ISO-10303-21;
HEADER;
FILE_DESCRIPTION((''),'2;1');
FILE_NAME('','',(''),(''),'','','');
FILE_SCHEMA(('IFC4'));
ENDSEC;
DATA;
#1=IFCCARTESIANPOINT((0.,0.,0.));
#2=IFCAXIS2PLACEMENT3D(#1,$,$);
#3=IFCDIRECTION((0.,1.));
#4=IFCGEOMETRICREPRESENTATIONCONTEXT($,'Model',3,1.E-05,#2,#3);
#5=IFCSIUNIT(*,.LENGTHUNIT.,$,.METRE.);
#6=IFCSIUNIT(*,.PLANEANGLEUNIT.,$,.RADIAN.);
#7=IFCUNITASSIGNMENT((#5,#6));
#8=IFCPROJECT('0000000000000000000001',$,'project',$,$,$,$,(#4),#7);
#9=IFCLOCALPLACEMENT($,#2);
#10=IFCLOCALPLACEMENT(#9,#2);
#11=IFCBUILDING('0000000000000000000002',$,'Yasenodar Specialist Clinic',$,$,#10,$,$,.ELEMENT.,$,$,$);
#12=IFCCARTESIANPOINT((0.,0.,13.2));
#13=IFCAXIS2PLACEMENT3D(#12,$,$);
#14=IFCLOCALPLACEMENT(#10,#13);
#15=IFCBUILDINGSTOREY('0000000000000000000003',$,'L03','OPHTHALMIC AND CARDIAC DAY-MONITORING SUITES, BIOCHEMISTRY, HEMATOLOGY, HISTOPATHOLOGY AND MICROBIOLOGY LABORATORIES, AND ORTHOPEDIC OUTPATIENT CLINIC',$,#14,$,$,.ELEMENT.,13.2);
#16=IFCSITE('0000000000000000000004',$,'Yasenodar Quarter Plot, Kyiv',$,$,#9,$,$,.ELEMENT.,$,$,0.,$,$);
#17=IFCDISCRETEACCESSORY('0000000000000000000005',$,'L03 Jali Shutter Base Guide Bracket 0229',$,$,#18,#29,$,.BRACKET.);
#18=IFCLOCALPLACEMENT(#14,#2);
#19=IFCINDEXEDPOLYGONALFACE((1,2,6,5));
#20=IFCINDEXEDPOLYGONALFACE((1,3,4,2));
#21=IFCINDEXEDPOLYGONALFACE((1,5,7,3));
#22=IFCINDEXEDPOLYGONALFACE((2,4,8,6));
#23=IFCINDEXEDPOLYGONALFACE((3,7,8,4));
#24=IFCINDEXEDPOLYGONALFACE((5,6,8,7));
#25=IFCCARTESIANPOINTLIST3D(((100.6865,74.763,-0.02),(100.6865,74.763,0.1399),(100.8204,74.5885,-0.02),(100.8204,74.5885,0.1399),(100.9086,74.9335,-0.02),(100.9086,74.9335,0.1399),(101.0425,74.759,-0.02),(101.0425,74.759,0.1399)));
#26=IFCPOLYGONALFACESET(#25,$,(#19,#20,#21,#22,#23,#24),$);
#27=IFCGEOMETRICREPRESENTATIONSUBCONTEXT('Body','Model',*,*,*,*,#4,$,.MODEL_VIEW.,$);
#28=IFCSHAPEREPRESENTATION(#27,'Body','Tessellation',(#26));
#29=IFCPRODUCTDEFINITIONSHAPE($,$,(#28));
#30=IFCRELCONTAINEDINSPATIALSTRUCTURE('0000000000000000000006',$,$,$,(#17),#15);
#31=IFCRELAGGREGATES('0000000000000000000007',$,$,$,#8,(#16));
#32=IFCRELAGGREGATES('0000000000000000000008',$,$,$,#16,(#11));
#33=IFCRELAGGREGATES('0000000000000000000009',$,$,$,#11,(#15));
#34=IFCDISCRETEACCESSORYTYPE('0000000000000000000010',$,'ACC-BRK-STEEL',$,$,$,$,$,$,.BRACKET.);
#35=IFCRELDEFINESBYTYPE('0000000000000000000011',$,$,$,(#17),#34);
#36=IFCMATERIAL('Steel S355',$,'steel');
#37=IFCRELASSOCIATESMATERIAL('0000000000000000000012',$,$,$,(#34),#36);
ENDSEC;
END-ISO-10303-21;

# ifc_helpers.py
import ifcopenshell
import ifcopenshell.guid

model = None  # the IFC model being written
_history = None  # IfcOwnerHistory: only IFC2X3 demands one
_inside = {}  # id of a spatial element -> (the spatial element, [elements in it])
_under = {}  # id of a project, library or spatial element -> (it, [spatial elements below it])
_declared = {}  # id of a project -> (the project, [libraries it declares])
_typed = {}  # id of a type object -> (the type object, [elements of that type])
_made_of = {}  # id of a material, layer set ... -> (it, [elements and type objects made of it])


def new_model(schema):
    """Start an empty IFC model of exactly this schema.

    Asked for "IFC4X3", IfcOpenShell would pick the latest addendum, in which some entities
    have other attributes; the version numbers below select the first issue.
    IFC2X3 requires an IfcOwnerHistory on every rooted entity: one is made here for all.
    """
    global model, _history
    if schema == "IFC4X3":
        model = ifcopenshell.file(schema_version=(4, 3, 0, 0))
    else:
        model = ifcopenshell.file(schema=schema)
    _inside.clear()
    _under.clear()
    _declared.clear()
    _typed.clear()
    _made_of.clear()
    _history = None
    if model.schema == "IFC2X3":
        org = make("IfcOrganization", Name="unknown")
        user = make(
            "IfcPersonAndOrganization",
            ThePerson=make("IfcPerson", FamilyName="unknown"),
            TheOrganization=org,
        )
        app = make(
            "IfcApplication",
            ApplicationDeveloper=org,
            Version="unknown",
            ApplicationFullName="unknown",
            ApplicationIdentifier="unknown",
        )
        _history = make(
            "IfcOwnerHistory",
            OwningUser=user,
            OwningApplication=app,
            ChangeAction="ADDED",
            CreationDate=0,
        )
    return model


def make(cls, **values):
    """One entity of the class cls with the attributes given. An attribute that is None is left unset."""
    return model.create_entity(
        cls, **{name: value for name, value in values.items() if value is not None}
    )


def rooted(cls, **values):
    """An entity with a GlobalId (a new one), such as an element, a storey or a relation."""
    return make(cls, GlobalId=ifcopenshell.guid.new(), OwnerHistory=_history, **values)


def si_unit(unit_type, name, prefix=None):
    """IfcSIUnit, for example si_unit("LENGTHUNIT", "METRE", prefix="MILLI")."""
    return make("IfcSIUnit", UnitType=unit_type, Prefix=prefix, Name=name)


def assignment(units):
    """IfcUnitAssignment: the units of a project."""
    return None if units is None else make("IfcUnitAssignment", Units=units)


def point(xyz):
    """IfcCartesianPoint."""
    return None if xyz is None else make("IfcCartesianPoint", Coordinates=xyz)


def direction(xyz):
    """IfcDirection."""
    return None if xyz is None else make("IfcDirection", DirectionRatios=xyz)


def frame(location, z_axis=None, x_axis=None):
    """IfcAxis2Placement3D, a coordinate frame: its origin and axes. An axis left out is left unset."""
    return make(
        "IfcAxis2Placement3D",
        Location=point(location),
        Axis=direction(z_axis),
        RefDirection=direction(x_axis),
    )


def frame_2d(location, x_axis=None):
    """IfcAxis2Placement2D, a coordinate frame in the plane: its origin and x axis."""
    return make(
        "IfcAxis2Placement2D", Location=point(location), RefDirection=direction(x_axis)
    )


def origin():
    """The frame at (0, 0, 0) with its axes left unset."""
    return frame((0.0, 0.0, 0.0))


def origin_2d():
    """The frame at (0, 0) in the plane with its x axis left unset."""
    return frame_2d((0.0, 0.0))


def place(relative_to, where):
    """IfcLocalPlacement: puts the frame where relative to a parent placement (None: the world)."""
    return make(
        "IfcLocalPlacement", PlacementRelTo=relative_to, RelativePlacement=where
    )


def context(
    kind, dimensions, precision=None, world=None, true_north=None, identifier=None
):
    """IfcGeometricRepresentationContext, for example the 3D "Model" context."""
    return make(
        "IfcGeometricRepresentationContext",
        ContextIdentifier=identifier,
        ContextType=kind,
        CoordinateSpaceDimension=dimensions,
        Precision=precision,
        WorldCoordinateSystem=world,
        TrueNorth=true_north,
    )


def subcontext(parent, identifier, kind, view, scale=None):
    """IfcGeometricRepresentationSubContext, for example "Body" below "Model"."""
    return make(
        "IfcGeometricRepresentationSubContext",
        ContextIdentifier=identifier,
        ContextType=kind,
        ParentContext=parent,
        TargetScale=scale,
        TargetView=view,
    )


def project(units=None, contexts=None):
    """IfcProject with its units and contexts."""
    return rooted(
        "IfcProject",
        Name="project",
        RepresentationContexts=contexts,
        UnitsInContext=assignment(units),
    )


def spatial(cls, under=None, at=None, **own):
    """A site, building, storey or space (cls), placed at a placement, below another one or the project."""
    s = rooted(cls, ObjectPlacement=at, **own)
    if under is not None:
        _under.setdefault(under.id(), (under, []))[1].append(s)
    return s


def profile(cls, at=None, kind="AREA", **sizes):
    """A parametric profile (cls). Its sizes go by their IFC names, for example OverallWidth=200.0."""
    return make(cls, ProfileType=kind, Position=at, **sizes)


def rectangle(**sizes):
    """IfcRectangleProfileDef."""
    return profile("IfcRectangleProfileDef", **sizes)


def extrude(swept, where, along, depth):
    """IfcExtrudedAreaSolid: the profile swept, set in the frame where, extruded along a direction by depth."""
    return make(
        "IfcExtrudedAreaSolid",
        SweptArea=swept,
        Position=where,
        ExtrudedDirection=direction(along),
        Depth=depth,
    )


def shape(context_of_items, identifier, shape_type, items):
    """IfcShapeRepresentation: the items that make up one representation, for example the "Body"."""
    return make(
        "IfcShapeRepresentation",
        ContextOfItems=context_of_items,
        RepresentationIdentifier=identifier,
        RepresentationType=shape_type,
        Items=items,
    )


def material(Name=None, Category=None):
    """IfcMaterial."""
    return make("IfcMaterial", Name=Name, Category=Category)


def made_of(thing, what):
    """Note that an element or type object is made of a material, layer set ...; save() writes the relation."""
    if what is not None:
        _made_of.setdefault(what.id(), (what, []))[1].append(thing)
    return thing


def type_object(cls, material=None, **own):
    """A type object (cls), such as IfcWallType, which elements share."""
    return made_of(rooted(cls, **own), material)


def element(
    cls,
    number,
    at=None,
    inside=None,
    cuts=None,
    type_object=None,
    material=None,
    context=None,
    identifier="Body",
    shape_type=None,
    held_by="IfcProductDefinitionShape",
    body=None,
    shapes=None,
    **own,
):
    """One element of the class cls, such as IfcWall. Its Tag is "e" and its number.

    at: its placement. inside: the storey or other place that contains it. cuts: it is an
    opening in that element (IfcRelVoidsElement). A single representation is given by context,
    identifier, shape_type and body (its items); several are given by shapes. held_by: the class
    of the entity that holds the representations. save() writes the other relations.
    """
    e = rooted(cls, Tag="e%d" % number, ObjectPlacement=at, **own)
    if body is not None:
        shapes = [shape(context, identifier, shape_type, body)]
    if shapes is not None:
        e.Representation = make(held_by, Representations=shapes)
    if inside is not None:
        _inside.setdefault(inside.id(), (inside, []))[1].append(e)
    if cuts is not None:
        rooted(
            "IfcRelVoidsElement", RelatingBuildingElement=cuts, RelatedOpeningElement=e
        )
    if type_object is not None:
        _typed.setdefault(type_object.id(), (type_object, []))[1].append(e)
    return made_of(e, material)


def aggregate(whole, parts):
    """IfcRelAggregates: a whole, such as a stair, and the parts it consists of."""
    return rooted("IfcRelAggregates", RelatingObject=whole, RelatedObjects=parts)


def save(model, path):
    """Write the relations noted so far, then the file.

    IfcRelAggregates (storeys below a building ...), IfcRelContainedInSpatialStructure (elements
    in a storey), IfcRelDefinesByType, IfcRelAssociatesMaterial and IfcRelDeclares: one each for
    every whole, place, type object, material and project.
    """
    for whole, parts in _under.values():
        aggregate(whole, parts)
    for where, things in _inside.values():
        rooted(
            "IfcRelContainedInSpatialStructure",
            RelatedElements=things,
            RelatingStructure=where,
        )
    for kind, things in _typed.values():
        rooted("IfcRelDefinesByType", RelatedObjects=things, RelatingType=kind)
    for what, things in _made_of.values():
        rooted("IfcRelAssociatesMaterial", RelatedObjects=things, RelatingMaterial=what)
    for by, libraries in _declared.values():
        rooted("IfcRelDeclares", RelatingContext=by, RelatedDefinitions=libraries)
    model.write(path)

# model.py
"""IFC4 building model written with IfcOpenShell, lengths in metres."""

from ifc_helpers import new_model, si_unit, direction, frame, origin, origin_2d, place, context, subcontext, project, spatial, rectangle, extrude, material, type_object, element, save


model = new_model("IFC4")

# Units and contexts
model_context = context("Model", 3, precision=1e-05, world=origin(), true_north=direction((0.0, 1.0)))
body_context = subcontext(model_context, "Body", "Model", "MODEL_VIEW")
ifc_project = project(units=[si_unit("LENGTHUNIT", "METRE"), si_unit("PLANEANGLEUNIT", "RADIAN")], contexts=[model_context])

# Site, building, storey
site_placement = place(None, origin())
site = spatial("IfcSite", under=ifc_project, at=site_placement, Name="Yasenodar Quarter Plot, Kyiv", CompositionType="ELEMENT", RefElevation=0.0)
building_placement = place(site_placement, origin())
building = spatial("IfcBuilding", under=site, at=building_placement, Name="Yasenodar Specialist Clinic", CompositionType="ELEMENT")
storey_placement = place(building_placement, frame((0.0, 0.0, 13.2)))
storey = spatial("IfcBuildingStorey", under=building, at=storey_placement, Name="L03", Description="OPHTHALMIC AND CARDIAC DAY-MONITORING SUITES, BIOCHEMISTRY, HEMATOLOGY, HISTOPATHOLOGY AND MICROBIOLOGY LABORATORIES, AND ORTHOPEDIC OUTPATIENT CLINIC", CompositionType="ELEMENT", Elevation=13.2)

# Discrete accessory
ifc_material_1 = material(Name="Steel S355", Category="steel")
discrete_accessory_type = type_object("IfcDiscreteAccessoryType", Name="ACC-BRK-STEEL", PredefinedType="BRACKET", material=ifc_material_1)
for number, where, z_axis, x_axis, name in (
    (1, (100.8645, 74.761, -0.02), (0.0, 0.0, 1.0), (-0.608764, 0.793351, 0.0), "L03 Jali Shutter Base Guide Bracket 0229"),
):
    element("IfcDiscreteAccessory", number, at=place(storey_placement, frame(where, z_axis=z_axis, x_axis=x_axis)), inside=storey, type_object=discrete_accessory_type, Name=name, PredefinedType="BRACKET", context=body_context, shape_type="SweptSolid", body=[
        extrude(rectangle(XDim=0.22, YDim=0.28, at=origin_2d()), origin(), (0.0, 0.0, 1.0), 0.1599),
    ])

save(model, "model.ifc")
